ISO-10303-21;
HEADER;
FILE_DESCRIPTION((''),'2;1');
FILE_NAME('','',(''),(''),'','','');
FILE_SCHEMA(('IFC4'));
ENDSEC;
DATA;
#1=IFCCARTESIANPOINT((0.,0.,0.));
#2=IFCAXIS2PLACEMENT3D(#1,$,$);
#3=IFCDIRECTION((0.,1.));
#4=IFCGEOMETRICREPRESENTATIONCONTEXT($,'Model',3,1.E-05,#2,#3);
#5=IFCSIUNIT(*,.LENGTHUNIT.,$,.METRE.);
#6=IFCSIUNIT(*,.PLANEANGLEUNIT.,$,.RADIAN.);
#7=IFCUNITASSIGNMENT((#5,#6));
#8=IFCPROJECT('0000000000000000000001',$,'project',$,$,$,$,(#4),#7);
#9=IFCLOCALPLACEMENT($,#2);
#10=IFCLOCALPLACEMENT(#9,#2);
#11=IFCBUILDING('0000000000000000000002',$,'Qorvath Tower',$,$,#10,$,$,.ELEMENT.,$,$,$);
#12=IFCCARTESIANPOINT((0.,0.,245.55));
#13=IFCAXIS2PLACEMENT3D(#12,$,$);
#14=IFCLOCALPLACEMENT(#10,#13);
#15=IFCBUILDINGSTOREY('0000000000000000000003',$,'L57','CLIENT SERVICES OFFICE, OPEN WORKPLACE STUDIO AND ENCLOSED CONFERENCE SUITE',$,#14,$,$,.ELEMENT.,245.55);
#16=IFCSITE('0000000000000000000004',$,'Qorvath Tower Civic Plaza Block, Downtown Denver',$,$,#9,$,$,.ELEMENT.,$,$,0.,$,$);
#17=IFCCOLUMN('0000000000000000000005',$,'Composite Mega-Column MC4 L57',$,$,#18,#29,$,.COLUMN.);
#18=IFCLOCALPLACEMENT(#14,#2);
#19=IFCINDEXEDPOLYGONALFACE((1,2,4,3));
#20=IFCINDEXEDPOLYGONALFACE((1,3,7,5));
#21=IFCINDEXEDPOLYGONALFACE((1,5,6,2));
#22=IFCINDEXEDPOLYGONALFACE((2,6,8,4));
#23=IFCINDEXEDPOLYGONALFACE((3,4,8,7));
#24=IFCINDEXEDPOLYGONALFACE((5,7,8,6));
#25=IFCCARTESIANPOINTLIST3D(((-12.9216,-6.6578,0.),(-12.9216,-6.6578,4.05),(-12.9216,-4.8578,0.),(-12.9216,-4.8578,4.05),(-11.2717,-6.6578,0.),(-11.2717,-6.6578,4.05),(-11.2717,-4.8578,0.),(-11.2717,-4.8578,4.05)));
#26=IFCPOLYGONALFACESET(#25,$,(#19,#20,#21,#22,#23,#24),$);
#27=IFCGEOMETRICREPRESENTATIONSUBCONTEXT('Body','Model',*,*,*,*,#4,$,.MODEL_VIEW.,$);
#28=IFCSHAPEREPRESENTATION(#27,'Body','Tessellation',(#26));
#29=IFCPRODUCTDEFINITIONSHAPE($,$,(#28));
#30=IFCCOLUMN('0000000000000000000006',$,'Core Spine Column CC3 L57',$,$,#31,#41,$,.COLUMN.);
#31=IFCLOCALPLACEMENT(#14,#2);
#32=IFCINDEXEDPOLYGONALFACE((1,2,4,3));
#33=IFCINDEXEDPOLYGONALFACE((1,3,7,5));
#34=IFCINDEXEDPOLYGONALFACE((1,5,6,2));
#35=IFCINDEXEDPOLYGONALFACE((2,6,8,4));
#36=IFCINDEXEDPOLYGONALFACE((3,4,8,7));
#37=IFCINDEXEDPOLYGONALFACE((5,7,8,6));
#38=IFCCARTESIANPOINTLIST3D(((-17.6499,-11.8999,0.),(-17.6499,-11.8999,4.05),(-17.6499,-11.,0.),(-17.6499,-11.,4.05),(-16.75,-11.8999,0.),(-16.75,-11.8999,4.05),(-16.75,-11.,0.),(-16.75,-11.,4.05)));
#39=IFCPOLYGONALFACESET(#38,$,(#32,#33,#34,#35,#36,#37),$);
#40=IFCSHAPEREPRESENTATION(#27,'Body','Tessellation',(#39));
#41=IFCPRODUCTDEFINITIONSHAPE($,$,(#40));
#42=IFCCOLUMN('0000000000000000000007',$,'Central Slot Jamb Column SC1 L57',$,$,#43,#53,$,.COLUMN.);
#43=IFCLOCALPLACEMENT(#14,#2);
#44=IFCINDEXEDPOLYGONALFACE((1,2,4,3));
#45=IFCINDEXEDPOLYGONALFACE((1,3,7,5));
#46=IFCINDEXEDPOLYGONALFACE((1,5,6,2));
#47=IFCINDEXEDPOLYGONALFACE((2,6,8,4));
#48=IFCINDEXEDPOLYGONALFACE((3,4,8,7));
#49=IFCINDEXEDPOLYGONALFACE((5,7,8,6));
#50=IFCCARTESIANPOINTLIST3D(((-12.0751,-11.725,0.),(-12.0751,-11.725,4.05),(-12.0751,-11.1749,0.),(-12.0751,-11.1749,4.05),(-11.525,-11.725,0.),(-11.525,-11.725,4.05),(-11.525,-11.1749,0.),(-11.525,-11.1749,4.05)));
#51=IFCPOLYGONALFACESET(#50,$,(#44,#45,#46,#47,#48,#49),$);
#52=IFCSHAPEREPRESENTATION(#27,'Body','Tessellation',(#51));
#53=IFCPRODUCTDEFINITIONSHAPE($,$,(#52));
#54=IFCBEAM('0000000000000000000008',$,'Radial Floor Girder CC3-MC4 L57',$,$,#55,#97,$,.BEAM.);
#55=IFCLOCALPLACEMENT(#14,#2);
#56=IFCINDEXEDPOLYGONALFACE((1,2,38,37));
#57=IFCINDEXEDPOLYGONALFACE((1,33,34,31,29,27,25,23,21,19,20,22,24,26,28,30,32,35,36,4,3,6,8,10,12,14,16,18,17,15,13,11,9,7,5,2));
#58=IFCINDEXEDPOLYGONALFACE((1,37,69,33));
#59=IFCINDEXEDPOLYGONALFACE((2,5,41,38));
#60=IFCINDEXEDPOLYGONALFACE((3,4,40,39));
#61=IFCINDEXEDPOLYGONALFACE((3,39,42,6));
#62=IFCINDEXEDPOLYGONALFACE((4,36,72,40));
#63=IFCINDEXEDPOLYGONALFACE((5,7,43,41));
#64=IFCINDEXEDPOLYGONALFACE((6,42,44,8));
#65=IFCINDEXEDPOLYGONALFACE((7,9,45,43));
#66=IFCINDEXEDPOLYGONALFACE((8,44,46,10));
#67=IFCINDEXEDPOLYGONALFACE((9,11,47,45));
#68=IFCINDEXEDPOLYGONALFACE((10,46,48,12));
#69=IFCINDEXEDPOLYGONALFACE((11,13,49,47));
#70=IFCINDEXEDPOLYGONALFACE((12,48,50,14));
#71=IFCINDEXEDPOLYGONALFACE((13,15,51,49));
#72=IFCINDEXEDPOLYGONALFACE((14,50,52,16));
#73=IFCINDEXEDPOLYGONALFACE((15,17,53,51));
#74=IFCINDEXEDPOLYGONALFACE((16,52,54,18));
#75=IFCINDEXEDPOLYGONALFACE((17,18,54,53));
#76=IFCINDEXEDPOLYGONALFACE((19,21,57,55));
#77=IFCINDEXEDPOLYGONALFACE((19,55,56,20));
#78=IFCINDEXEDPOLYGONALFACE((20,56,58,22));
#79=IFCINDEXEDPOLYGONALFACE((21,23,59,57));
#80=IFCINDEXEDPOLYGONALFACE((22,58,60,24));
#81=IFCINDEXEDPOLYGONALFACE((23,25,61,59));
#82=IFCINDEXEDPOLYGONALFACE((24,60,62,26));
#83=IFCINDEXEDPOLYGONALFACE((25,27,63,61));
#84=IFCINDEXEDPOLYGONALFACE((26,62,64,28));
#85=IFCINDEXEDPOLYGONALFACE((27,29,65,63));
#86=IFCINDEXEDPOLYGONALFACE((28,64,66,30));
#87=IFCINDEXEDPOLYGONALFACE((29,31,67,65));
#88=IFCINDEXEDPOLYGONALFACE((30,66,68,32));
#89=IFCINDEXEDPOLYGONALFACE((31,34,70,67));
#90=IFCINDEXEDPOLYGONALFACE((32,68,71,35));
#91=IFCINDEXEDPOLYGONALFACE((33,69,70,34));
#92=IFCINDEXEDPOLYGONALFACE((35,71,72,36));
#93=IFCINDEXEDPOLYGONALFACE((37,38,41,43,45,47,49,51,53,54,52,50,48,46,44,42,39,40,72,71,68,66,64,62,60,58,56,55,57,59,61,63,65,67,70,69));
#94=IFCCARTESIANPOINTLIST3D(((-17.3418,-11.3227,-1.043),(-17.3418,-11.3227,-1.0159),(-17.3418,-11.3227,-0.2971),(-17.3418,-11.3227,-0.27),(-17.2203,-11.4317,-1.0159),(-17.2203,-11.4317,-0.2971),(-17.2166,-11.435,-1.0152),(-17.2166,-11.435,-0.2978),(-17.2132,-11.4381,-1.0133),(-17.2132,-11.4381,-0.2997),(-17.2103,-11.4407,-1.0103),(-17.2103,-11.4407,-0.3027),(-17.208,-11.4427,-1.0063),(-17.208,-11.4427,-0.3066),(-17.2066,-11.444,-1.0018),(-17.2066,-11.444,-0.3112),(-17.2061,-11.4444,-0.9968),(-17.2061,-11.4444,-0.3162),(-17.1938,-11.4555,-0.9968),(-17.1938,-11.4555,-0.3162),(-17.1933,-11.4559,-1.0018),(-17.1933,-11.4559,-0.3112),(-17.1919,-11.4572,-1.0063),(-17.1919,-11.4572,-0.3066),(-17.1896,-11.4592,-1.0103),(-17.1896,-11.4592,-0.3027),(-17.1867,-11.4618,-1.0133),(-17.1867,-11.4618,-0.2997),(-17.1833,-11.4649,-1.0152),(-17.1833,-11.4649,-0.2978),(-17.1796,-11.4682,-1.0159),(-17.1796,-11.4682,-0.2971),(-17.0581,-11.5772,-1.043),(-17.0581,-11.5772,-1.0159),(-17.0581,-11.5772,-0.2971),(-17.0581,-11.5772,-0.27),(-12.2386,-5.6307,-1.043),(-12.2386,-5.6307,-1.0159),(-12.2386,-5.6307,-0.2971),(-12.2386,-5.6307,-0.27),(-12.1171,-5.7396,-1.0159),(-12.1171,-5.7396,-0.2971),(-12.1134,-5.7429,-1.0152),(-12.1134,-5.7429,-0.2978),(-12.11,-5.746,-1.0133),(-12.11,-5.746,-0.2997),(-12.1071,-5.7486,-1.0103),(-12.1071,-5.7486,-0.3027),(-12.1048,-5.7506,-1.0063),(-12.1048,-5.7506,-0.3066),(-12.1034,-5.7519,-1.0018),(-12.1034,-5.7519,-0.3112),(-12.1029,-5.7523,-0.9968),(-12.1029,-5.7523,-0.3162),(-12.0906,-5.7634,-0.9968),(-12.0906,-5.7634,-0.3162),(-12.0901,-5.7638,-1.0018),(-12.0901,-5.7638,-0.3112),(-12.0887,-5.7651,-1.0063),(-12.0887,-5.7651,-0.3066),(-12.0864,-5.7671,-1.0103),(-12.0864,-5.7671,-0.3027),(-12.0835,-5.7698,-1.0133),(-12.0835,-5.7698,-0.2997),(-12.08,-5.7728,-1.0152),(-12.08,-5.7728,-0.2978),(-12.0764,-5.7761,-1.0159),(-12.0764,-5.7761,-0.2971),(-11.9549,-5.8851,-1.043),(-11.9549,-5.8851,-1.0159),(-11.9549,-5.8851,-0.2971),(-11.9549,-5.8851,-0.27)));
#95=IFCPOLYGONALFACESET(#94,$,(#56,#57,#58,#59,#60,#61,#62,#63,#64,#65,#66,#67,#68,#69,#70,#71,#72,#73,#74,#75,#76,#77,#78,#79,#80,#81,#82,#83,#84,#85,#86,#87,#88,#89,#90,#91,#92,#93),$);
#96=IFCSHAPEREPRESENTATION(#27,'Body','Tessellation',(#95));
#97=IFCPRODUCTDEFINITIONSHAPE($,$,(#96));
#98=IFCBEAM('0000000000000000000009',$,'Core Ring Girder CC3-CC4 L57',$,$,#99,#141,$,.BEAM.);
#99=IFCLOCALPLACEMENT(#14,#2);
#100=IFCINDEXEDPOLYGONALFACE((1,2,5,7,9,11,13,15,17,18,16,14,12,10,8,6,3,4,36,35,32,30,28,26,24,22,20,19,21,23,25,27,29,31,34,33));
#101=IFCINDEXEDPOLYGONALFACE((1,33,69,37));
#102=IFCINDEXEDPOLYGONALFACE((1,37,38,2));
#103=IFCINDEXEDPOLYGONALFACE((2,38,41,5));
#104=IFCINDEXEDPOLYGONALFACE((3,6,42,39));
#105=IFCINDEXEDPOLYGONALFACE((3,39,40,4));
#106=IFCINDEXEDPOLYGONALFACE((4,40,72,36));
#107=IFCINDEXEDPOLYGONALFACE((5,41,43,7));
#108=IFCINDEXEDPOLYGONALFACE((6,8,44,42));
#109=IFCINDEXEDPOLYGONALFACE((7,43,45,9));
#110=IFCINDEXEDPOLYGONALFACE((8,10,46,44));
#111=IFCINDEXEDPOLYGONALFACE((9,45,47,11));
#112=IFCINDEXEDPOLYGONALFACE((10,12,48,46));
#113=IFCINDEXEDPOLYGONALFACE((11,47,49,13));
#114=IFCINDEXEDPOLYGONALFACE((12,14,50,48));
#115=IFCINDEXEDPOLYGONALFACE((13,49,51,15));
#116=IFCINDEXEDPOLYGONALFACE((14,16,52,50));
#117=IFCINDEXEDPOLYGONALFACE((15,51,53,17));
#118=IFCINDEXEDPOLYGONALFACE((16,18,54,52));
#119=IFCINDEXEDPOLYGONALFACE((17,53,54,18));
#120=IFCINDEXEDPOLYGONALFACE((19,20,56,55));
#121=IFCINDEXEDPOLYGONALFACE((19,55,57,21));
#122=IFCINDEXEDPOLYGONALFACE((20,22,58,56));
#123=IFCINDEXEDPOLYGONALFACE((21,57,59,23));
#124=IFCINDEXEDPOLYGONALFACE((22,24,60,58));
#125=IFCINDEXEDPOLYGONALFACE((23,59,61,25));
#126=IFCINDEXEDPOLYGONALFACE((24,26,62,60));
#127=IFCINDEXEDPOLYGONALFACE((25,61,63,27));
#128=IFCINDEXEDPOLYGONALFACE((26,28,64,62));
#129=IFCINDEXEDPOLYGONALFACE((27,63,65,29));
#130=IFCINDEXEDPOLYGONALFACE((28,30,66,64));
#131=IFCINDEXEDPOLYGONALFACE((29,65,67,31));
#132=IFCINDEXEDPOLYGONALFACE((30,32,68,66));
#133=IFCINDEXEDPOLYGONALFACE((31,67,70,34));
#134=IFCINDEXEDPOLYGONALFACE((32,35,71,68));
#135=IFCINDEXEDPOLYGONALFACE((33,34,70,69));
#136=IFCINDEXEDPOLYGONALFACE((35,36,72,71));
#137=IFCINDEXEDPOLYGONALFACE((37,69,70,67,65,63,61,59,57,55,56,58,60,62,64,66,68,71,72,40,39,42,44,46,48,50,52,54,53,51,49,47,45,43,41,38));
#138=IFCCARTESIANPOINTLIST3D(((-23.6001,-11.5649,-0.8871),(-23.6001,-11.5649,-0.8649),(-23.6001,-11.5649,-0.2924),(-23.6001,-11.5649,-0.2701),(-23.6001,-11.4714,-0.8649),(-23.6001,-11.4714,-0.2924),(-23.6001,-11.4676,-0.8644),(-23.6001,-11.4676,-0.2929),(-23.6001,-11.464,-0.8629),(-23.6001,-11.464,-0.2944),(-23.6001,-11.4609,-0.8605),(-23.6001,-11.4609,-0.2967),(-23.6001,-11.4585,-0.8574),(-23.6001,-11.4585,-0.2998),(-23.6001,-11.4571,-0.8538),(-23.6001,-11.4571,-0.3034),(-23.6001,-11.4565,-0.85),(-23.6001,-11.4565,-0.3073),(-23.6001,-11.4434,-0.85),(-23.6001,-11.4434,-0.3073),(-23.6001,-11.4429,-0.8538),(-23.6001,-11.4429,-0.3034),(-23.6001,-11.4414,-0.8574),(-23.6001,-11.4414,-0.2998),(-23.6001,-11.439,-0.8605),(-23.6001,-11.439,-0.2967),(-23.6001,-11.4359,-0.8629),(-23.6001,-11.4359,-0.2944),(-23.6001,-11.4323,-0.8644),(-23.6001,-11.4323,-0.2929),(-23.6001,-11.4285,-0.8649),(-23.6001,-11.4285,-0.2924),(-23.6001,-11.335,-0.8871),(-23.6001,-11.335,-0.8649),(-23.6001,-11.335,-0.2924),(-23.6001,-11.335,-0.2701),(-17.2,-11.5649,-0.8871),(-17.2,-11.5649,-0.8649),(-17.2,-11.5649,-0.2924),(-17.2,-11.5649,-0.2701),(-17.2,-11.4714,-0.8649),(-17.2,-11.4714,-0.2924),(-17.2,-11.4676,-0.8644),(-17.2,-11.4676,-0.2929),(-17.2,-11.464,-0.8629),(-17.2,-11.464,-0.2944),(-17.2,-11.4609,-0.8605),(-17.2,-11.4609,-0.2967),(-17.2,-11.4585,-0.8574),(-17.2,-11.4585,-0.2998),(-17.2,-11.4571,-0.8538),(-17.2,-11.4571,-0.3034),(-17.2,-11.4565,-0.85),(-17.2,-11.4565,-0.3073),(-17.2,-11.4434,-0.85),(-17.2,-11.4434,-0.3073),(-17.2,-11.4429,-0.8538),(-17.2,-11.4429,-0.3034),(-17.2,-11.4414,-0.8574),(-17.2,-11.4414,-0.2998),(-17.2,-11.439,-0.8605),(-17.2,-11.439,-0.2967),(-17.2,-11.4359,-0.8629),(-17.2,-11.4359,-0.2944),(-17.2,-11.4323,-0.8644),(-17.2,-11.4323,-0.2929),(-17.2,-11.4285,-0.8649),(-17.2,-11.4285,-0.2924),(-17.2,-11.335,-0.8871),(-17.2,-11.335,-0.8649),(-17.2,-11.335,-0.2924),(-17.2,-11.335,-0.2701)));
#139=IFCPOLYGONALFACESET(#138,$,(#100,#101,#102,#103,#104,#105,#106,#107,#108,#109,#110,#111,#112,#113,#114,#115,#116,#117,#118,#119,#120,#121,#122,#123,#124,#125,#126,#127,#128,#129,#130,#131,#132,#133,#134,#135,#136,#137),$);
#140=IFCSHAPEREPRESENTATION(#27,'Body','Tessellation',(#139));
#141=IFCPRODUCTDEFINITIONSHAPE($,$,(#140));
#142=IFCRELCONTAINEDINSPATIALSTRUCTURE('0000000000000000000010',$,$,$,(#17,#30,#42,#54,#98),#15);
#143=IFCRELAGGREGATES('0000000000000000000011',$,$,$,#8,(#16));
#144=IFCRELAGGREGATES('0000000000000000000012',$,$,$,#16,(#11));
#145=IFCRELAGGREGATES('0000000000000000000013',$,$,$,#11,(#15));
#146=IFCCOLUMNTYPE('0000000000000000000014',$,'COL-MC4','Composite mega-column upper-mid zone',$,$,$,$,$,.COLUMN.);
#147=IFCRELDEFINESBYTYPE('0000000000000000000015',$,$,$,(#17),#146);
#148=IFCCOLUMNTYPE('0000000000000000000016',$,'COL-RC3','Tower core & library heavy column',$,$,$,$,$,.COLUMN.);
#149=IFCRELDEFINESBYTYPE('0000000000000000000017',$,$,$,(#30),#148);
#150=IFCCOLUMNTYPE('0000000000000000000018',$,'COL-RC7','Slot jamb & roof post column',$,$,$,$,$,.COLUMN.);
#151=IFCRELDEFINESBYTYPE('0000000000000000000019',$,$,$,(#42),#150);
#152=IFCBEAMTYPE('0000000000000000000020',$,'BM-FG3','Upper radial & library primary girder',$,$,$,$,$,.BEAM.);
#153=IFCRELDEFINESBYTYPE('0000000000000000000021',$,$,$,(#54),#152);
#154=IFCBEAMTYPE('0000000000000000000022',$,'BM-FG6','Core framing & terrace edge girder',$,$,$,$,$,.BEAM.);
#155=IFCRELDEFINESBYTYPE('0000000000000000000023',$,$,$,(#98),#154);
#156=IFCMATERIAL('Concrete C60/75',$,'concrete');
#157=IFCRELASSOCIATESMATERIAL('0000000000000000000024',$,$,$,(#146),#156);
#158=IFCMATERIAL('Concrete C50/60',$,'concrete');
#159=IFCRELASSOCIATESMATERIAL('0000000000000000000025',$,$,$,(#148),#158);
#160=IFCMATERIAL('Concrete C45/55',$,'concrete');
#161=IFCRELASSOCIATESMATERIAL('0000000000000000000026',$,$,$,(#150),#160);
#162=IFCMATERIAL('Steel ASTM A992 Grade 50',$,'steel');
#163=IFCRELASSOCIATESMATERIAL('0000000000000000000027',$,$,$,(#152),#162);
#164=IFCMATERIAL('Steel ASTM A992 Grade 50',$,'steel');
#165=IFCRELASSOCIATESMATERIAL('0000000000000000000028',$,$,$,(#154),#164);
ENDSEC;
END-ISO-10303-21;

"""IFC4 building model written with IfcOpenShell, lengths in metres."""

from ifc_helpers import new_model, si_unit, direction, frame, origin, origin_2d, place, context, subcontext, project, spatial, rectangle, i_section, extrude, material, material_profile, profile_set, type_object, element, save


model = new_model("IFC4")

# Units and contexts
model_context = context("Model", 3, precision=1e-05, world=origin(), true_north=direction((0.0, 1.0)))
body_context = subcontext(model_context, "Body", "Model", "MODEL_VIEW")
ifc_project = project(units=[si_unit("LENGTHUNIT", "METRE"), si_unit("PLANEANGLEUNIT", "RADIAN")], contexts=[model_context])

# Site, building, storey
site_placement = place(None, origin())
site = spatial("IfcSite", under=ifc_project, at=site_placement, Name="Qorvath Tower Civic Plaza Block, Downtown Denver", CompositionType="ELEMENT", RefElevation=0.0)
building_placement = place(site_placement, origin())
building = spatial("IfcBuilding", under=site, at=building_placement, Name="Qorvath Tower", CompositionType="ELEMENT")
storey_placement = place(building_placement, frame((0.0, 0.0, 245.55)))
storey = spatial("IfcBuildingStorey", under=building, at=storey_placement, Name="L57", Description="CLIENT SERVICES OFFICE, OPEN WORKPLACE STUDIO AND ENCLOSED CONFERENCE SUITE", CompositionType="ELEMENT", Elevation=245.55)

# Columns
ifc_material_1 = material(Name="Concrete C60/75", Category="concrete")
ifc_material_profile_1 = material_profile(ifc_material_1, rectangle(XDim=1.6499, YDim=1.8, at=origin_2d()), Name="MC 1800x1650")
ifc_profile_set_1 = profile_set([ifc_material_profile_1], Name="Concrete C60/75")
column_type_1 = type_object("IfcColumnType", Name="COL-MC4", Description="Composite mega-column upper-mid zone", PredefinedType="COLUMN", material=ifc_profile_set_1)
column_1_placement = place(storey_placement, frame((-12.0967, -5.7578, 0.0), z_axis=(0.0, 0.0, 1.0), x_axis=(1.0, 0.0, 0.0)))
element("IfcColumn", 1, at=column_1_placement, inside=storey, type_object=column_type_1, Name="Composite Mega-Column MC4 L57", PredefinedType="COLUMN", context=body_context, shape_type="SweptSolid", body=[
    extrude(rectangle(XDim=1.6499, YDim=1.8, at=origin_2d()), origin(), (0.0, 0.0, 1.0), 4.05),
])
ifc_material_2 = material(Name="Concrete C50/60", Category="concrete")
ifc_material_profile_2 = material_profile(ifc_material_2, rectangle(XDim=0.8999, YDim=0.8999, at=origin_2d()), Name="RC 900x900")
ifc_profile_set_2 = profile_set([ifc_material_profile_2], Name="Concrete C50/60")
column_type_2 = type_object("IfcColumnType", Name="COL-RC3", Description="Tower core & library heavy column", PredefinedType="COLUMN", material=ifc_profile_set_2)
column_2_placement = place(storey_placement, frame((-17.2, -11.45, 0.0), z_axis=(0.0, 0.0, 1.0), x_axis=(1.0, 0.0, 0.0)))
element("IfcColumn", 2, at=column_2_placement, inside=storey, type_object=column_type_2, Name="Core Spine Column CC3 L57", PredefinedType="COLUMN", context=body_context, shape_type="SweptSolid", body=[
    extrude(rectangle(XDim=0.8999, YDim=0.8999, at=origin_2d()), origin(), (0.0, 0.0, 1.0), 4.05),
])
ifc_material_3 = material(Name="Concrete C45/55", Category="concrete")
ifc_material_profile_3 = material_profile(ifc_material_3, rectangle(XDim=0.55, YDim=0.55, at=origin_2d()), Name="RC 550x550")
ifc_profile_set_3 = profile_set([ifc_material_profile_3], Name="Concrete C45/55")
column_type_3 = type_object("IfcColumnType", Name="COL-RC7", Description="Slot jamb & roof post column", PredefinedType="COLUMN", material=ifc_profile_set_3)
column_3_placement = place(storey_placement, frame((-11.8, -11.45, 0.0), z_axis=(0.0, 0.0, 1.0), x_axis=(1.0, 0.0, 0.0)))
element("IfcColumn", 3, at=column_3_placement, inside=storey, type_object=column_type_3, Name="Central Slot Jamb Column SC1 L57", PredefinedType="COLUMN", context=body_context, shape_type="SweptSolid", body=[
    extrude(rectangle(XDim=0.55, YDim=0.55, at=origin_2d()), origin(), (0.0, 0.0, 1.0), 4.05),
])

# Beams
ifc_material_4 = material(Name="Steel ASTM A992 Grade 50", Category="steel")
ifc_material_profile_4 = material_profile(ifc_material_4, i_section(OverallWidth=0.3811, OverallDepth=0.7729, WebThickness=0.0166, FlangeThickness=0.0271, FilletRadius=0.019, at=origin_2d()), Name="W30x173")
ifc_profile_set_4 = profile_set([ifc_material_profile_4], Name="Steel ASTM A992 Grade 50")
beam_type_1 = type_object("IfcBeamType", Name="BM-FG3", Description="Upper radial & library primary girder", PredefinedType="BEAM", material=ifc_profile_set_4)
beam_1_placement = place(storey_placement, frame((-17.2, -11.45, -0.6565), z_axis=(0.667543, 0.744571, 0.0), x_axis=(-0.744571, 0.667543, 0.0)))
element("IfcBeam", 4, at=beam_1_placement, inside=storey, type_object=beam_type_1, Name="Radial Floor Girder CC3-MC4 L57", PredefinedType="BEAM", context=body_context, shape_type="SweptSolid", body=[
    extrude(i_section(OverallWidth=0.3811, OverallDepth=0.7729, WebThickness=0.0166, FlangeThickness=0.0271, FilletRadius=0.019, at=origin_2d()), origin(), (0.0, 0.0, 1.0), 7.6448),
])
ifc_material_5 = material(Name="Steel ASTM A992 Grade 50", Category="steel")
ifc_material_profile_5 = material_profile(ifc_material_5, i_section(OverallWidth=0.23, OverallDepth=0.6169, WebThickness=0.0132, FlangeThickness=0.0222, FilletRadius=0.0149, at=origin_2d()), Name="W24x94")
ifc_profile_set_5 = profile_set([ifc_material_profile_5], Name="Steel ASTM A992 Grade 50")
beam_type_2 = type_object("IfcBeamType", Name="BM-FG6", Description="Core framing & terrace edge girder", PredefinedType="BEAM", material=ifc_profile_set_5)
beam_2_placement = place(storey_placement, frame((-17.2, -11.45, -0.5786), z_axis=(-1.0, 0.0, 0.0), x_axis=(0.0, -1.0, 0.0)))
element("IfcBeam", 5, at=beam_2_placement, inside=storey, type_object=beam_type_2, Name="Core Ring Girder CC3-CC4 L57", PredefinedType="BEAM", context=body_context, shape_type="SweptSolid", body=[
    extrude(i_section(OverallWidth=0.23, OverallDepth=0.6169, WebThickness=0.0132, FlangeThickness=0.0222, FilletRadius=0.0149, at=origin_2d()), origin(), (0.0, 0.0, 1.0), 6.4001),
])

save(model, "model.ifc")
